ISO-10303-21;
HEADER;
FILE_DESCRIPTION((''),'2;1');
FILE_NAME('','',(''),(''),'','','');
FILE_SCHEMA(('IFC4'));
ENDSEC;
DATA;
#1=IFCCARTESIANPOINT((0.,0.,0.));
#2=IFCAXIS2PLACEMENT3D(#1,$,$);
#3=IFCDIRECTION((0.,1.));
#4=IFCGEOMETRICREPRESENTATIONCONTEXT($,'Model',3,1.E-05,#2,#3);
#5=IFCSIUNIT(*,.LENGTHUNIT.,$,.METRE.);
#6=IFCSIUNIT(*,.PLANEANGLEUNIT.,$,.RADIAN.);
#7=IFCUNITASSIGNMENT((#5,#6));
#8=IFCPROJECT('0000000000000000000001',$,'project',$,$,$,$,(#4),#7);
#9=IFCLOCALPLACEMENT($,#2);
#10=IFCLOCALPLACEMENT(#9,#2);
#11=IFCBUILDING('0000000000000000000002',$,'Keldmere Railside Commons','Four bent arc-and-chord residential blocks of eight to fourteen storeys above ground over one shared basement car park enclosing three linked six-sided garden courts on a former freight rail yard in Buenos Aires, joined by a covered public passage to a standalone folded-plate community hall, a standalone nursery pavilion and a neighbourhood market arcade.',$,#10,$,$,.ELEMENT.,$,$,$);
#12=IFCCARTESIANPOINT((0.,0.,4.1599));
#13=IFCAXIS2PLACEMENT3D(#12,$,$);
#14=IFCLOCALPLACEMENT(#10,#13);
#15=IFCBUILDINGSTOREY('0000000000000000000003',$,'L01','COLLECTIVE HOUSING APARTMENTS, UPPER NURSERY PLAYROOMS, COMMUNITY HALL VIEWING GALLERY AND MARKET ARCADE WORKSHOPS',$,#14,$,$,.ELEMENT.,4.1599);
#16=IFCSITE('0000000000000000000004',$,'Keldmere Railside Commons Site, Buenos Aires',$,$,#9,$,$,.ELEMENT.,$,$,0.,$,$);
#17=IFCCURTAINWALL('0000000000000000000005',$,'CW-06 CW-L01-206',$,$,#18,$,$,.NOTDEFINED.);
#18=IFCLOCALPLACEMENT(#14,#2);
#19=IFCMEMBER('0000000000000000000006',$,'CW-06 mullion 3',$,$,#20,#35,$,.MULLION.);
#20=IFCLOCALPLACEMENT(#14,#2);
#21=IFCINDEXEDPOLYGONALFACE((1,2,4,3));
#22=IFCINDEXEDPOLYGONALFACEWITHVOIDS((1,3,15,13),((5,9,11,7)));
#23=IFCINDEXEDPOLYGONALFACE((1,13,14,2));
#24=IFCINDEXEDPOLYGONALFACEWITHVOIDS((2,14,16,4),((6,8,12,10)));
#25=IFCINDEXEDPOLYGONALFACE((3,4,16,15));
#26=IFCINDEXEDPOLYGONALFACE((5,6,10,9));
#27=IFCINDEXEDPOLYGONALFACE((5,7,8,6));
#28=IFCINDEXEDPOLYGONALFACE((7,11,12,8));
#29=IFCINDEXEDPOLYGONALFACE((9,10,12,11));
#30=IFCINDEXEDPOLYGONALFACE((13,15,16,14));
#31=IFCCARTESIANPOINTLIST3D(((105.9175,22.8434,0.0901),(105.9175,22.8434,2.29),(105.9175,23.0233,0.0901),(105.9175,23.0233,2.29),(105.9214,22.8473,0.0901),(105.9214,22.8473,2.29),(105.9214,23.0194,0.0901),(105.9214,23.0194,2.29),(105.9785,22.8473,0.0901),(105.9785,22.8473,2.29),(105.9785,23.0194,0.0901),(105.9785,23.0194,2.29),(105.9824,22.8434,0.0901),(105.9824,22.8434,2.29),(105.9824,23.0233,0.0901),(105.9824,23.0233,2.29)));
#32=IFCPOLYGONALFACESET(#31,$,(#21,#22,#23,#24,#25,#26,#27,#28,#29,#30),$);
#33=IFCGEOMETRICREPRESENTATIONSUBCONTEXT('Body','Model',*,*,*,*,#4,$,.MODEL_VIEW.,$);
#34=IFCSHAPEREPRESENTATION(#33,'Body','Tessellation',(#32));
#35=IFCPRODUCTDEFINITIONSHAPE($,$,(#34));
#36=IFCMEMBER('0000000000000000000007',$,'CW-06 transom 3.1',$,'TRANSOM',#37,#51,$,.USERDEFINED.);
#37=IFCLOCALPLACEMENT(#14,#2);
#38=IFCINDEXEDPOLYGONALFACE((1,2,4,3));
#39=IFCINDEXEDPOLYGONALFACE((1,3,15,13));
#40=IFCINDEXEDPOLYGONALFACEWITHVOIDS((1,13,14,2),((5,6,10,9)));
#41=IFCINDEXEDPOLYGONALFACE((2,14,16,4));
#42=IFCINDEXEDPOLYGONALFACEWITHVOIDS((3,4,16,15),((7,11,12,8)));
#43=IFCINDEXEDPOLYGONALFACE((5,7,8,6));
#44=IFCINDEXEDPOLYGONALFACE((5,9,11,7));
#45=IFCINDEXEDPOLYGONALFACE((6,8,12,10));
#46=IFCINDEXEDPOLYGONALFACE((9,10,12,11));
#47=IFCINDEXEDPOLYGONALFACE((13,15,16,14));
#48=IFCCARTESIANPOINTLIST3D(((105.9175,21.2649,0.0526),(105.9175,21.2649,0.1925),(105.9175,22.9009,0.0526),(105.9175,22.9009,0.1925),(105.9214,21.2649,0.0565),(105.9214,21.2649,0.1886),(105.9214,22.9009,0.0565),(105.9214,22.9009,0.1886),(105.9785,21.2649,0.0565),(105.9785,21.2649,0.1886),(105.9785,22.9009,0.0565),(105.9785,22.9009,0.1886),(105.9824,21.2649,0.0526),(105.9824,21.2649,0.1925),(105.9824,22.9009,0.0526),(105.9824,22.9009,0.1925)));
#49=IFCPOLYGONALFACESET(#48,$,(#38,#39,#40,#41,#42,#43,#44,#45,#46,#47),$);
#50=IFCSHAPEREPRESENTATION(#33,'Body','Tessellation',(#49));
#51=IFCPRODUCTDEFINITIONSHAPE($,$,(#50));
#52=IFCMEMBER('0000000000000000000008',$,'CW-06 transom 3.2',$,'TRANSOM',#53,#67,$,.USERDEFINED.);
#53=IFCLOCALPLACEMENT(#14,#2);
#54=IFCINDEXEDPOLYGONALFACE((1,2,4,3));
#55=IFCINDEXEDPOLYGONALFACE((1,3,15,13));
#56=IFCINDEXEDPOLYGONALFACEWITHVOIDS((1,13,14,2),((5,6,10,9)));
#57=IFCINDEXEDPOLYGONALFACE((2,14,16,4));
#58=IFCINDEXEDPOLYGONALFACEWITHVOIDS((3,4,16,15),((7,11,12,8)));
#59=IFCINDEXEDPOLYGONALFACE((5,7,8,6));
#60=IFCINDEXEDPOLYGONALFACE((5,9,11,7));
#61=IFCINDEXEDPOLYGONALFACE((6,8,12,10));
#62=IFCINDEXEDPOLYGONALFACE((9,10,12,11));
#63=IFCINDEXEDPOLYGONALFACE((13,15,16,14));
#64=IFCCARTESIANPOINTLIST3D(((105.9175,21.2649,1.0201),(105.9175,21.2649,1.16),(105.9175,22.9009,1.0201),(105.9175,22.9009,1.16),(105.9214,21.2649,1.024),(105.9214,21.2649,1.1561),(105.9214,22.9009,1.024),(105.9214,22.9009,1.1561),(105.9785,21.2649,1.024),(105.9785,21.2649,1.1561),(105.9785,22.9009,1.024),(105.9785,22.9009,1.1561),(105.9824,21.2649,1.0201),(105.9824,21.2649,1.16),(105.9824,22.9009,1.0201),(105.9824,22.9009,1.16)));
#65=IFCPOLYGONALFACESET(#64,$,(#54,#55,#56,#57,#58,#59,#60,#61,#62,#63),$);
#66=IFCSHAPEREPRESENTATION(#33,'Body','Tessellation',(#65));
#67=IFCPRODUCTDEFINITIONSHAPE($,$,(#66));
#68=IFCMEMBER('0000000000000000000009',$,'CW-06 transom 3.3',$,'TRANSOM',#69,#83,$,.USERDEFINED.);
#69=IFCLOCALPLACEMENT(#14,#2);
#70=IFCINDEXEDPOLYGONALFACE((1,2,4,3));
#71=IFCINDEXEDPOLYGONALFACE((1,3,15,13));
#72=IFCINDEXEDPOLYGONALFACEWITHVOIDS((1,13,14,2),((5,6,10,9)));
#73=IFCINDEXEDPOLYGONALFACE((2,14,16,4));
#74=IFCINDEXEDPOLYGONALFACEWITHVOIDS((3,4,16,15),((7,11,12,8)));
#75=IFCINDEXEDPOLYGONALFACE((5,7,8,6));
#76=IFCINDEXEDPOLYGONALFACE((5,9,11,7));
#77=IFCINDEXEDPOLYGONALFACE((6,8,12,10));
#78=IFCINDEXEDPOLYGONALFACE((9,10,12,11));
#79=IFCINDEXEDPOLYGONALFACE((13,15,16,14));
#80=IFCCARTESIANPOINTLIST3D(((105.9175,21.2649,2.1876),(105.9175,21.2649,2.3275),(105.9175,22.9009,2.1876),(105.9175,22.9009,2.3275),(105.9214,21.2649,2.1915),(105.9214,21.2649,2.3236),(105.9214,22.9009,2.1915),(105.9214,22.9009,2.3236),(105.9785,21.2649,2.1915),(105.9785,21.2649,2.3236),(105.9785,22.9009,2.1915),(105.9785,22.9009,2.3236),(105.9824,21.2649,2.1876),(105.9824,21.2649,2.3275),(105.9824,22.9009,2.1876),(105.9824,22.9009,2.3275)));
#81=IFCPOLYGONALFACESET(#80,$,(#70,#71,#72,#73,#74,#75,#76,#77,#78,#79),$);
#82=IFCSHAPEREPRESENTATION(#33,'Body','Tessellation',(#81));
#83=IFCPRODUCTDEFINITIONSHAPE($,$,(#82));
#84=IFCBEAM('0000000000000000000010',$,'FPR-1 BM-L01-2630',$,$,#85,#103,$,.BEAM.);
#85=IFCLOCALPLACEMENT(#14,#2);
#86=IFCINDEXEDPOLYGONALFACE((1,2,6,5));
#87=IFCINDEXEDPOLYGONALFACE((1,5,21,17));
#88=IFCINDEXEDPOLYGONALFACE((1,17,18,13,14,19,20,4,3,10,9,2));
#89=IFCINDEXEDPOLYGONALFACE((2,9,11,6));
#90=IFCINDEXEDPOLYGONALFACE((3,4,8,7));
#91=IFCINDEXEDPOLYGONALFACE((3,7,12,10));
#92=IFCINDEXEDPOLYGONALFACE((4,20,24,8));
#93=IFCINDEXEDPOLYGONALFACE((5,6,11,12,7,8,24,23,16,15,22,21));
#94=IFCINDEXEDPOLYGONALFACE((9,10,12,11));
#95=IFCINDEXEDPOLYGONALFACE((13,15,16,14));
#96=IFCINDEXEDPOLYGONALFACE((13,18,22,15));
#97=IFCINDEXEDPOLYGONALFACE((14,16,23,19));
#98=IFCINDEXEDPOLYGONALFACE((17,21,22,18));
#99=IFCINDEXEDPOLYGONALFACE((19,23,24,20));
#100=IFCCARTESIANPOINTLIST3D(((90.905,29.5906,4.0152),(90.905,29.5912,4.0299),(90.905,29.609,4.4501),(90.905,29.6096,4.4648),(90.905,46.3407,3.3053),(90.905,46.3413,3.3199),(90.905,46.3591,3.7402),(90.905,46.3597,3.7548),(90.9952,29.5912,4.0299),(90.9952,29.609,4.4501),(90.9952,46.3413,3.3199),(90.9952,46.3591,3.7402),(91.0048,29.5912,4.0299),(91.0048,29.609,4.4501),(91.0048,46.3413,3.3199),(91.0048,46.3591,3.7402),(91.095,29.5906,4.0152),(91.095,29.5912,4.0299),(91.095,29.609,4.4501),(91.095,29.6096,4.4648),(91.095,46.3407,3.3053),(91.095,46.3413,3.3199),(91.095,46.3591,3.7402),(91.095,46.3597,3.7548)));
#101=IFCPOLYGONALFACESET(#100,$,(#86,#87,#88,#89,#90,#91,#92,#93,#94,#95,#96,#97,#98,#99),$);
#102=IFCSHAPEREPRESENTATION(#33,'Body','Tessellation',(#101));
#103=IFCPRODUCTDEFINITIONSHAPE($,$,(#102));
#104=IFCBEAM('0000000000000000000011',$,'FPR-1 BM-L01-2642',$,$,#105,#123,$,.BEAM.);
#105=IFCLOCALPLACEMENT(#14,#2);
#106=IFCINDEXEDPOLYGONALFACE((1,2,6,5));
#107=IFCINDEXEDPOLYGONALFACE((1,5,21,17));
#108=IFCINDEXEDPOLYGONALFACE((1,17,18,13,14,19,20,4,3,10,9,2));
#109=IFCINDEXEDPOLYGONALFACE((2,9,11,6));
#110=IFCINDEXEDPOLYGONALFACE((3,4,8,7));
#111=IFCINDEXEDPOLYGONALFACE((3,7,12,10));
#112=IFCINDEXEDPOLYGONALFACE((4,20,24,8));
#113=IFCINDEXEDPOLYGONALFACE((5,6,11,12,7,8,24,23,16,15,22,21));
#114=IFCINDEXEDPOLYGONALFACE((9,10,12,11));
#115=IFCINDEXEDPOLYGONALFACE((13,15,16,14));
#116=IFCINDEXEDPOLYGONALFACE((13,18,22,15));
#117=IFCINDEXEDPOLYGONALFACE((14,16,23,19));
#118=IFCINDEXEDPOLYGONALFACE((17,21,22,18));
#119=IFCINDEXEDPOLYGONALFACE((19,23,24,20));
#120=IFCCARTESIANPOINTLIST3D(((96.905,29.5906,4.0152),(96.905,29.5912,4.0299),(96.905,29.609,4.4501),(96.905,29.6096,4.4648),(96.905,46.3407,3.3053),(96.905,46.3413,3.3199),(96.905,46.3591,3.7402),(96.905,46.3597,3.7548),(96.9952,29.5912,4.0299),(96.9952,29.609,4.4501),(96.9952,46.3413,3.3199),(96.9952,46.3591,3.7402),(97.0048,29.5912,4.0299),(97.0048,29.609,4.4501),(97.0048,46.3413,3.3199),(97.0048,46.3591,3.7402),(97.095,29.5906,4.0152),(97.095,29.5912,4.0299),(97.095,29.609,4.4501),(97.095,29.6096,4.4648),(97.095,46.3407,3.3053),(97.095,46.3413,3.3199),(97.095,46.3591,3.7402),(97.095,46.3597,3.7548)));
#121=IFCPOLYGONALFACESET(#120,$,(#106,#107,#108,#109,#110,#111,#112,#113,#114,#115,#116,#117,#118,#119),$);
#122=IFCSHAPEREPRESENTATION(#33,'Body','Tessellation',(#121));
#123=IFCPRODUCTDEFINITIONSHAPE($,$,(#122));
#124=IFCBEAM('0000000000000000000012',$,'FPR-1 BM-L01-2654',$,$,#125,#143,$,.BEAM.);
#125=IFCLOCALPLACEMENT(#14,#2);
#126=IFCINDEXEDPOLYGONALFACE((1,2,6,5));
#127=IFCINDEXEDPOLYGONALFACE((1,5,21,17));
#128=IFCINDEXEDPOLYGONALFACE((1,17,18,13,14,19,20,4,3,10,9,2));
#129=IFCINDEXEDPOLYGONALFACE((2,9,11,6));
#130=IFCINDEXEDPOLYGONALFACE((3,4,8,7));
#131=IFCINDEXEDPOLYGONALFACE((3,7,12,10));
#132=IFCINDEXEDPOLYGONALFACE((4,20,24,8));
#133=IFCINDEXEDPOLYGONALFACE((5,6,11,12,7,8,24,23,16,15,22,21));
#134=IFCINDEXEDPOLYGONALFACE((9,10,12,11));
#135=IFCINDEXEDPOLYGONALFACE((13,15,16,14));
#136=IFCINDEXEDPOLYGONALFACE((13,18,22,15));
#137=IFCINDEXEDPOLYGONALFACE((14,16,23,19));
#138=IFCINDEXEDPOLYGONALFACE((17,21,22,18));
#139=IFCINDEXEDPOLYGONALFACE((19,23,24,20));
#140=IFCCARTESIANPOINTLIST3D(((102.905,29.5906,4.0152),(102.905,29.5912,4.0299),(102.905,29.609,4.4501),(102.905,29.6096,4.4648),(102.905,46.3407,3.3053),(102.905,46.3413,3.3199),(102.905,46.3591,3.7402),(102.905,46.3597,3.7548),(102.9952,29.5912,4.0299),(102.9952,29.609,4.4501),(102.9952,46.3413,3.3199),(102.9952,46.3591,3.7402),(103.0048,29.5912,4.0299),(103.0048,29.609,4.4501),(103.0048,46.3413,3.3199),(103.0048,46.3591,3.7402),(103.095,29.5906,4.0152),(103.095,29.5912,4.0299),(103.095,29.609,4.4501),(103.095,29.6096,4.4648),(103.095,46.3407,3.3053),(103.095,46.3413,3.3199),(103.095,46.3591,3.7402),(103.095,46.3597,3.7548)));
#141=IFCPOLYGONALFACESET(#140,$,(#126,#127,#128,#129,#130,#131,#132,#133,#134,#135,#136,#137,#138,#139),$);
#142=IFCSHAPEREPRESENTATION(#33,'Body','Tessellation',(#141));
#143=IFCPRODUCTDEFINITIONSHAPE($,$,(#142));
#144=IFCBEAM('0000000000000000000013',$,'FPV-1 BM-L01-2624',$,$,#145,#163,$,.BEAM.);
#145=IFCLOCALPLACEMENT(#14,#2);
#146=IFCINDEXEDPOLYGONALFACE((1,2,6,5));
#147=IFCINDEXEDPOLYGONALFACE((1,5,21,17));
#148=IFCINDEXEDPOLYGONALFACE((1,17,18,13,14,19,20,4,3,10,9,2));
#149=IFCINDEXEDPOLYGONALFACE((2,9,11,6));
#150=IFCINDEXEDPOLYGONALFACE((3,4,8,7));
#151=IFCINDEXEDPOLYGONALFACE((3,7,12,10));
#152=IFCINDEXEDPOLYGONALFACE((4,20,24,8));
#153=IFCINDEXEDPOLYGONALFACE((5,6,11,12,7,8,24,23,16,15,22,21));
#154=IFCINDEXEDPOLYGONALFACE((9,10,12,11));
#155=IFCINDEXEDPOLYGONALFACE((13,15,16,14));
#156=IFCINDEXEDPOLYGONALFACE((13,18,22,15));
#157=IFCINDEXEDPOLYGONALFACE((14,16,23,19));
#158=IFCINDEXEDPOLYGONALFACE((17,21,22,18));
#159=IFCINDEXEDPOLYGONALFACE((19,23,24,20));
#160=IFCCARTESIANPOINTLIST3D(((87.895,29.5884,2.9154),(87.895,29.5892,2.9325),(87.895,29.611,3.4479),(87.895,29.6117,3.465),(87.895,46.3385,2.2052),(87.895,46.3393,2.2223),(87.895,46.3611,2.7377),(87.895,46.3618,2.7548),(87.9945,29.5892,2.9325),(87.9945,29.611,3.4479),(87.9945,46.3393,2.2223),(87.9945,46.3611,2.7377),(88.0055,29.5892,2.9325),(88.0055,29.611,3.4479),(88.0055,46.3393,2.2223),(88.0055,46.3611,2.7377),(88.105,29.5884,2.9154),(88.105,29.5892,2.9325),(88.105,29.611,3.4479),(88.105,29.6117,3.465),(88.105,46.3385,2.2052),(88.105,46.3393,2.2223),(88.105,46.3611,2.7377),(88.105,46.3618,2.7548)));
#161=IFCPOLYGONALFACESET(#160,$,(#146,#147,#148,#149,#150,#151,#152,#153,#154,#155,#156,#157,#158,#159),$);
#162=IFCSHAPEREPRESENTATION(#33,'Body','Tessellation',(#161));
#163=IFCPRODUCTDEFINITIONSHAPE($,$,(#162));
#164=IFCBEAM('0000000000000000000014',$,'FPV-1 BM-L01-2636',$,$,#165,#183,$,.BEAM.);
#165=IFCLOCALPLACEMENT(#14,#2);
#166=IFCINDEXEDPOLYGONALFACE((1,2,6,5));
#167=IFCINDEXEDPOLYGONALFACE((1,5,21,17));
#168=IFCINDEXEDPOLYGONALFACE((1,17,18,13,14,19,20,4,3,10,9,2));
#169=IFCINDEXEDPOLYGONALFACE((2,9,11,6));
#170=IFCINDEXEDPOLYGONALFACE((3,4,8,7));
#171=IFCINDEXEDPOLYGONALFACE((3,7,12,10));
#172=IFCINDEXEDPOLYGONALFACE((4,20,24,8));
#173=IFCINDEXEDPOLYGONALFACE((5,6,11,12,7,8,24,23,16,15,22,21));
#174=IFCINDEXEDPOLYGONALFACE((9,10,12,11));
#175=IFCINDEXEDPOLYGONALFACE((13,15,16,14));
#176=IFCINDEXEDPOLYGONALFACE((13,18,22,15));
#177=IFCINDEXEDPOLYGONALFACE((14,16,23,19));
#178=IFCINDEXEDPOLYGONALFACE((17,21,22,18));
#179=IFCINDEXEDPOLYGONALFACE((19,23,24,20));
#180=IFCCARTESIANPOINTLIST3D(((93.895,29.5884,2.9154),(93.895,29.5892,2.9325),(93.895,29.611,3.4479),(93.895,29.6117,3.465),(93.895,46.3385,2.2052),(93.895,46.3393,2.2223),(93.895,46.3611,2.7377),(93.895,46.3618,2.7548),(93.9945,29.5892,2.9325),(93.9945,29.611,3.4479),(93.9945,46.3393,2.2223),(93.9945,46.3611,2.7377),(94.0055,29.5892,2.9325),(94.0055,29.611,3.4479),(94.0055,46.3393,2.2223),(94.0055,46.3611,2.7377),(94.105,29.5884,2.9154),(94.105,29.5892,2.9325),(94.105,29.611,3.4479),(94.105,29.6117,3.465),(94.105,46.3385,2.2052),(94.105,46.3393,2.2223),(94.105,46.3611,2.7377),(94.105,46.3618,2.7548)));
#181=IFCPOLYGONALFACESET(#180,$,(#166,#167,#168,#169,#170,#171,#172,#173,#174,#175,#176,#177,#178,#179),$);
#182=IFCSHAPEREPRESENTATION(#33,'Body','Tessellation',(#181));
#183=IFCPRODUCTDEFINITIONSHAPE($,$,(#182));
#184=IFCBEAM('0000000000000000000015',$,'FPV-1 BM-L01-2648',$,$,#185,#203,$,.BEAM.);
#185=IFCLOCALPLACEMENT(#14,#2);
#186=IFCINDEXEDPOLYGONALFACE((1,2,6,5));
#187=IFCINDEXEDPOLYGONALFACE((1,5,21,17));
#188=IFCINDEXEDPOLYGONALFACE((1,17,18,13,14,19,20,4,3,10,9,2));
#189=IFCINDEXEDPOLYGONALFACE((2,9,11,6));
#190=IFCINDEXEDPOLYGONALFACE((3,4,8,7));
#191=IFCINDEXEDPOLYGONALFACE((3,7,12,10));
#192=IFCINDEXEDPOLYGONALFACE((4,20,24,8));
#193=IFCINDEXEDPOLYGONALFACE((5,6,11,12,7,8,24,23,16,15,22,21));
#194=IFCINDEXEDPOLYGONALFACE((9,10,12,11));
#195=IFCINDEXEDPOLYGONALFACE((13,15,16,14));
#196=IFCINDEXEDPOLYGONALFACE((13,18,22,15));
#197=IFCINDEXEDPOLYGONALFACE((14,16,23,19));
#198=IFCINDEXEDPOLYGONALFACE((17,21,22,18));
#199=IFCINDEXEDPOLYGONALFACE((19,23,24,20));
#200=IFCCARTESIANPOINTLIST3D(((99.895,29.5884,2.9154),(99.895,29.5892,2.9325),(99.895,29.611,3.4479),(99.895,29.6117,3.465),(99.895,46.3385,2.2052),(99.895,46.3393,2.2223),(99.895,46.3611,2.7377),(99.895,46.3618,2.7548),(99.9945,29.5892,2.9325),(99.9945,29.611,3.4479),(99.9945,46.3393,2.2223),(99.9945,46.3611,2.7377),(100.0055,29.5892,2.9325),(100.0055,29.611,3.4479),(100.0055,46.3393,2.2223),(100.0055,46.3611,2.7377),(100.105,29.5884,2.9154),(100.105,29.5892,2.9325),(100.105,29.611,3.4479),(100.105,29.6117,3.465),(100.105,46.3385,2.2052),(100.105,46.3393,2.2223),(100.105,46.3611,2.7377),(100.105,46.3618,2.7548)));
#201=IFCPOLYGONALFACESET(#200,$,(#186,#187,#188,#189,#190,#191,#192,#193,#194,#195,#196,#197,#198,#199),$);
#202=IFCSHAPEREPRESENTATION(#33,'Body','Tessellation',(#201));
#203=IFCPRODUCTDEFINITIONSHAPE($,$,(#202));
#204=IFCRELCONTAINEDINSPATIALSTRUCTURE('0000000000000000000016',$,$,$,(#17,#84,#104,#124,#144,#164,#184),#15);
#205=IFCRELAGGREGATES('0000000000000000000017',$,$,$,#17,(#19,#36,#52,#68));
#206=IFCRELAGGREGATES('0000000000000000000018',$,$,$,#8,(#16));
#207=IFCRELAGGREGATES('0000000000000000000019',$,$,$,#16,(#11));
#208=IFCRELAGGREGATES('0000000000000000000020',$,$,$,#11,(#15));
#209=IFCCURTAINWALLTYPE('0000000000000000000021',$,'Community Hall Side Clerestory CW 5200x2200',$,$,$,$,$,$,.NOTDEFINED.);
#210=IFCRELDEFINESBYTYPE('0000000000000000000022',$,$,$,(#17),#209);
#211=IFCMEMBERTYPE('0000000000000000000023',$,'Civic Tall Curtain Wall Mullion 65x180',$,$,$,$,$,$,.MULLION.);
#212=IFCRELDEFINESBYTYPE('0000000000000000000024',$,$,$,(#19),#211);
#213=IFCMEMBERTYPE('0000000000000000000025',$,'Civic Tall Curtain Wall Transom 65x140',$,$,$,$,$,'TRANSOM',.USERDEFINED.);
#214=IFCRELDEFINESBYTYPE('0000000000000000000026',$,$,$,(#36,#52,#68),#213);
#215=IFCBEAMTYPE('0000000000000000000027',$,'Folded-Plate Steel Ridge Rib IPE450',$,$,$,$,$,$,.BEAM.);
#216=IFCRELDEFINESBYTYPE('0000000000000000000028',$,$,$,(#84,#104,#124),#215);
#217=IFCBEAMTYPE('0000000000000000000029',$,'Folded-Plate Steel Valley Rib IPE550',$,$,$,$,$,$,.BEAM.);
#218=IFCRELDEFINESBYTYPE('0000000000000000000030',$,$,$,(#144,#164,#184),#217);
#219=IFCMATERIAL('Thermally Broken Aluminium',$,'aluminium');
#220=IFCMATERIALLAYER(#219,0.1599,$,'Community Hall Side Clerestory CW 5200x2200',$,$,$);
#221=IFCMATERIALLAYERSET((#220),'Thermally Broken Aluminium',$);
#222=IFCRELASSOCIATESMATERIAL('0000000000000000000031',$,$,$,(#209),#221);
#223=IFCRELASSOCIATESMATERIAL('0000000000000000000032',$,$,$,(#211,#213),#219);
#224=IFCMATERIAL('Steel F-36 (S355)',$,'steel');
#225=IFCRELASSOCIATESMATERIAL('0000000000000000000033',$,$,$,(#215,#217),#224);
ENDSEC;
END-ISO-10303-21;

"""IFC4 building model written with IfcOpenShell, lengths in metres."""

from ifc_helpers import new_model, si_unit, direction, frame, origin, origin_2d, place, context, subcontext, project, spatial, hollow_rectangle, i_section, extrude, material, layer, layer_set, material_profile, profile_set, type_object, element, aggregate, save


model = new_model("IFC4")

# Units and contexts
model_context = context("Model", 3, precision=1e-05, world=origin(), true_north=direction((0.0, 1.0)))
body_context = subcontext(model_context, "Body", "Model", "MODEL_VIEW")
ifc_project = project(units=[si_unit("LENGTHUNIT", "METRE"), si_unit("PLANEANGLEUNIT", "RADIAN")], contexts=[model_context])

# Site, building, storey
site_placement = place(None, origin())
site = spatial("IfcSite", under=ifc_project, at=site_placement, Name="Keldmere Railside Commons Site, Buenos Aires", CompositionType="ELEMENT", RefElevation=0.0)
building_placement = place(site_placement, origin())
building = spatial("IfcBuilding", under=site, at=building_placement, Name="Keldmere Railside Commons", Description="Four bent arc-and-chord residential blocks of eight to fourteen storeys above ground over one shared basement car park enclosing three linked six-sided garden courts on a former freight rail yard in Buenos Aires, joined by a covered public passage to a standalone folded-plate community hall, a standalone nursery pavilion and a neighbourhood market arcade.", CompositionType="ELEMENT")
storey_placement = place(building_placement, frame((0.0, 0.0, 4.1599)))
storey = spatial("IfcBuildingStorey", under=building, at=storey_placement, Name="L01", Description="COLLECTIVE HOUSING APARTMENTS, UPPER NURSERY PLAYROOMS, COMMUNITY HALL VIEWING GALLERY AND MARKET ARCADE WORKSHOPS", CompositionType="ELEMENT", Elevation=4.1599)

# Curtain wall, members
ifc_material_1 = material(Name="Thermally Broken Aluminium", Category="aluminium")
ifc_layer_1 = layer(ifc_material_1, 0.1599, Name="Community Hall Side Clerestory CW 5200x2200")
ifc_layer_set_1 = layer_set([ifc_layer_1], Name="Thermally Broken Aluminium")
curtain_wall_type = type_object("IfcCurtainWallType", Name="Community Hall Side Clerestory CW 5200x2200", PredefinedType="NOTDEFINED", material=ifc_layer_set_1)
curtain_wall_placement = place(storey_placement, origin())
curtain_wall = element("IfcCurtainWall", 1, at=curtain_wall_placement, inside=storey, type_object=curtain_wall_type, Name="CW-06 CW-L01-206", PredefinedType="NOTDEFINED")
ifc_material_profile_1 = material_profile(ifc_material_1, hollow_rectangle(XDim=0.0649, YDim=0.1799, WallThickness=0.0039, at=origin_2d()), Name="ALU-MULL-65x180")
ifc_profile_set_1 = profile_set([ifc_material_profile_1], Name="Thermally Broken Aluminium")
member_type_1 = type_object("IfcMemberType", Name="Civic Tall Curtain Wall Mullion 65x180", PredefinedType="MULLION", material=ifc_profile_set_1)
member_1_placement = place(storey_placement, frame((105.95, 22.9333, 0.0901), z_axis=(0.0, 0.0, 1.0), x_axis=(1.0, 0.0, 0.0)))
member_1 = element("IfcMember", 2, at=member_1_placement, type_object=member_type_1, Name="CW-06 mullion 3", PredefinedType="MULLION", context=body_context, shape_type="SweptSolid", body=[
    extrude(hollow_rectangle(XDim=0.0649, YDim=0.1799, WallThickness=0.0039, at=origin_2d()), origin(), (0.0, 0.0, 1.0), 2.2),
])
ifc_material_profile_2 = material_profile(ifc_material_1, hollow_rectangle(XDim=0.0649, YDim=0.1399, WallThickness=0.0039, at=origin_2d()), Name="ALU-TRAN-65x140")
ifc_profile_set_2 = profile_set([ifc_material_profile_2], Name="Thermally Broken Aluminium")
member_type_2 = type_object("IfcMemberType", Name="Civic Tall Curtain Wall Transom 65x140", ElementType="TRANSOM", PredefinedType="USERDEFINED", material=ifc_profile_set_2)
member_2_placement = place(storey_placement, frame((105.95, 22.9009, 0.1226), z_axis=(0.0, -1.0, 0.0), x_axis=(1.0, 0.0, 0.0)))
member_2 = element("IfcMember", 3, at=member_2_placement, type_object=member_type_2, Name="CW-06 transom 3.1", ObjectType="TRANSOM", PredefinedType="USERDEFINED", context=body_context, shape_type="SweptSolid", body=[
    extrude(hollow_rectangle(XDim=0.0649, YDim=0.1399, WallThickness=0.0039, at=origin_2d()), origin(), (0.0, 0.0, 1.0), 1.636),
])
member_3_placement = place(storey_placement, frame((105.95, 22.9009, 1.0901), z_axis=(0.0, -1.0, 0.0), x_axis=(1.0, 0.0, 0.0)))
member_3 = element("IfcMember", 4, at=member_3_placement, type_object=member_type_2, Name="CW-06 transom 3.2", ObjectType="TRANSOM", PredefinedType="USERDEFINED", context=body_context, shape_type="SweptSolid", body=[
    extrude(hollow_rectangle(XDim=0.0649, YDim=0.1399, WallThickness=0.0039, at=origin_2d()), origin(), (0.0, 0.0, 1.0), 1.636),
])
member_4_placement = place(storey_placement, frame((105.95, 22.9009, 2.2576), z_axis=(0.0, -1.0, 0.0), x_axis=(1.0, 0.0, 0.0)))
member_4 = element("IfcMember", 5, at=member_4_placement, type_object=member_type_2, Name="CW-06 transom 3.3", ObjectType="TRANSOM", PredefinedType="USERDEFINED", context=body_context, shape_type="SweptSolid", body=[
    extrude(hollow_rectangle(XDim=0.0649, YDim=0.1399, WallThickness=0.0039, at=origin_2d()), origin(), (0.0, 0.0, 1.0), 1.636),
])

# Beams
ifc_material_2 = material(Name="Steel F-36 (S355)", Category="steel")
ifc_material_profile_3 = material_profile(ifc_material_2, i_section(OverallWidth=0.1899, OverallDepth=0.45, WebThickness=0.0095, FlangeThickness=0.0146, at=origin_2d()), Name="IPE-450")
ifc_profile_set_3 = profile_set([ifc_material_profile_3], Name="Steel F-36 (S355)")
beam_type_1 = type_object("IfcBeamType", Name="Folded-Plate Steel Ridge Rib IPE450", PredefinedType="BEAM", material=ifc_profile_set_3)
for number, where, z_axis, x_axis, name in (
    (6, (91.0, 29.6001, 4.24), (0.0, 0.999103, -0.042348), (-1.0, 0.0, 0.0), "FPR-1 BM-L01-2630"),
    (7, (97.0, 29.6001, 4.24), (0.0, 0.999103, -0.042348), (-1.0, 0.0, 0.0), "FPR-1 BM-L01-2642"),
    (8, (103.0, 29.6001, 4.24), (0.0, 0.999103, -0.042348), (-1.0, 0.0, 0.0), "FPR-1 BM-L01-2654"),
):
    element("IfcBeam", number, at=place(storey_placement, frame(where, z_axis=z_axis, x_axis=x_axis)), inside=storey, type_object=beam_type_1, Name=name, PredefinedType="BEAM", context=body_context, shape_type="SweptSolid", body=[
        extrude(i_section(OverallWidth=0.1899, OverallDepth=0.45, WebThickness=0.0095, FlangeThickness=0.0146, at=origin_2d()), origin(), (0.0, 0.0, 1.0), 16.7651),
    ])
ifc_material_profile_4 = material_profile(ifc_material_2, i_section(OverallWidth=0.21, OverallDepth=0.55, WebThickness=0.011, FlangeThickness=0.0171, at=origin_2d()), Name="IPE-550")
ifc_profile_set_4 = profile_set([ifc_material_profile_4], Name="Steel F-36 (S355)")
beam_type_2 = type_object("IfcBeamType", Name="Folded-Plate Steel Valley Rib IPE550", PredefinedType="BEAM", material=ifc_profile_set_4)
for number, where, z_axis, x_axis, name in (
    (9, (88.0, 29.6001, 3.1902), (0.0, 0.999102, -0.042362), (-1.0, 0.0, 0.0), "FPV-1 BM-L01-2624"),
    (10, (94.0, 29.6001, 3.1902), (0.0, 0.999102, -0.042362), (-1.0, 0.0, 0.0), "FPV-1 BM-L01-2636"),
    (11, (100.0, 29.6001, 3.1902), (0.0, 0.999102, -0.042362), (-1.0, 0.0, 0.0), "FPV-1 BM-L01-2648"),
):
    element("IfcBeam", number, at=place(storey_placement, frame(where, z_axis=z_axis, x_axis=x_axis)), inside=storey, type_object=beam_type_2, Name=name, PredefinedType="BEAM", context=body_context, shape_type="SweptSolid", body=[
        extrude(i_section(OverallWidth=0.21, OverallDepth=0.55, WebThickness=0.011, FlangeThickness=0.0171, at=origin_2d()), origin(), (0.0, 0.0, 1.0), 16.7651),
    ])

aggregate(curtain_wall, [member_1, member_2, member_3, member_4])

save(model, "model.ifc")
